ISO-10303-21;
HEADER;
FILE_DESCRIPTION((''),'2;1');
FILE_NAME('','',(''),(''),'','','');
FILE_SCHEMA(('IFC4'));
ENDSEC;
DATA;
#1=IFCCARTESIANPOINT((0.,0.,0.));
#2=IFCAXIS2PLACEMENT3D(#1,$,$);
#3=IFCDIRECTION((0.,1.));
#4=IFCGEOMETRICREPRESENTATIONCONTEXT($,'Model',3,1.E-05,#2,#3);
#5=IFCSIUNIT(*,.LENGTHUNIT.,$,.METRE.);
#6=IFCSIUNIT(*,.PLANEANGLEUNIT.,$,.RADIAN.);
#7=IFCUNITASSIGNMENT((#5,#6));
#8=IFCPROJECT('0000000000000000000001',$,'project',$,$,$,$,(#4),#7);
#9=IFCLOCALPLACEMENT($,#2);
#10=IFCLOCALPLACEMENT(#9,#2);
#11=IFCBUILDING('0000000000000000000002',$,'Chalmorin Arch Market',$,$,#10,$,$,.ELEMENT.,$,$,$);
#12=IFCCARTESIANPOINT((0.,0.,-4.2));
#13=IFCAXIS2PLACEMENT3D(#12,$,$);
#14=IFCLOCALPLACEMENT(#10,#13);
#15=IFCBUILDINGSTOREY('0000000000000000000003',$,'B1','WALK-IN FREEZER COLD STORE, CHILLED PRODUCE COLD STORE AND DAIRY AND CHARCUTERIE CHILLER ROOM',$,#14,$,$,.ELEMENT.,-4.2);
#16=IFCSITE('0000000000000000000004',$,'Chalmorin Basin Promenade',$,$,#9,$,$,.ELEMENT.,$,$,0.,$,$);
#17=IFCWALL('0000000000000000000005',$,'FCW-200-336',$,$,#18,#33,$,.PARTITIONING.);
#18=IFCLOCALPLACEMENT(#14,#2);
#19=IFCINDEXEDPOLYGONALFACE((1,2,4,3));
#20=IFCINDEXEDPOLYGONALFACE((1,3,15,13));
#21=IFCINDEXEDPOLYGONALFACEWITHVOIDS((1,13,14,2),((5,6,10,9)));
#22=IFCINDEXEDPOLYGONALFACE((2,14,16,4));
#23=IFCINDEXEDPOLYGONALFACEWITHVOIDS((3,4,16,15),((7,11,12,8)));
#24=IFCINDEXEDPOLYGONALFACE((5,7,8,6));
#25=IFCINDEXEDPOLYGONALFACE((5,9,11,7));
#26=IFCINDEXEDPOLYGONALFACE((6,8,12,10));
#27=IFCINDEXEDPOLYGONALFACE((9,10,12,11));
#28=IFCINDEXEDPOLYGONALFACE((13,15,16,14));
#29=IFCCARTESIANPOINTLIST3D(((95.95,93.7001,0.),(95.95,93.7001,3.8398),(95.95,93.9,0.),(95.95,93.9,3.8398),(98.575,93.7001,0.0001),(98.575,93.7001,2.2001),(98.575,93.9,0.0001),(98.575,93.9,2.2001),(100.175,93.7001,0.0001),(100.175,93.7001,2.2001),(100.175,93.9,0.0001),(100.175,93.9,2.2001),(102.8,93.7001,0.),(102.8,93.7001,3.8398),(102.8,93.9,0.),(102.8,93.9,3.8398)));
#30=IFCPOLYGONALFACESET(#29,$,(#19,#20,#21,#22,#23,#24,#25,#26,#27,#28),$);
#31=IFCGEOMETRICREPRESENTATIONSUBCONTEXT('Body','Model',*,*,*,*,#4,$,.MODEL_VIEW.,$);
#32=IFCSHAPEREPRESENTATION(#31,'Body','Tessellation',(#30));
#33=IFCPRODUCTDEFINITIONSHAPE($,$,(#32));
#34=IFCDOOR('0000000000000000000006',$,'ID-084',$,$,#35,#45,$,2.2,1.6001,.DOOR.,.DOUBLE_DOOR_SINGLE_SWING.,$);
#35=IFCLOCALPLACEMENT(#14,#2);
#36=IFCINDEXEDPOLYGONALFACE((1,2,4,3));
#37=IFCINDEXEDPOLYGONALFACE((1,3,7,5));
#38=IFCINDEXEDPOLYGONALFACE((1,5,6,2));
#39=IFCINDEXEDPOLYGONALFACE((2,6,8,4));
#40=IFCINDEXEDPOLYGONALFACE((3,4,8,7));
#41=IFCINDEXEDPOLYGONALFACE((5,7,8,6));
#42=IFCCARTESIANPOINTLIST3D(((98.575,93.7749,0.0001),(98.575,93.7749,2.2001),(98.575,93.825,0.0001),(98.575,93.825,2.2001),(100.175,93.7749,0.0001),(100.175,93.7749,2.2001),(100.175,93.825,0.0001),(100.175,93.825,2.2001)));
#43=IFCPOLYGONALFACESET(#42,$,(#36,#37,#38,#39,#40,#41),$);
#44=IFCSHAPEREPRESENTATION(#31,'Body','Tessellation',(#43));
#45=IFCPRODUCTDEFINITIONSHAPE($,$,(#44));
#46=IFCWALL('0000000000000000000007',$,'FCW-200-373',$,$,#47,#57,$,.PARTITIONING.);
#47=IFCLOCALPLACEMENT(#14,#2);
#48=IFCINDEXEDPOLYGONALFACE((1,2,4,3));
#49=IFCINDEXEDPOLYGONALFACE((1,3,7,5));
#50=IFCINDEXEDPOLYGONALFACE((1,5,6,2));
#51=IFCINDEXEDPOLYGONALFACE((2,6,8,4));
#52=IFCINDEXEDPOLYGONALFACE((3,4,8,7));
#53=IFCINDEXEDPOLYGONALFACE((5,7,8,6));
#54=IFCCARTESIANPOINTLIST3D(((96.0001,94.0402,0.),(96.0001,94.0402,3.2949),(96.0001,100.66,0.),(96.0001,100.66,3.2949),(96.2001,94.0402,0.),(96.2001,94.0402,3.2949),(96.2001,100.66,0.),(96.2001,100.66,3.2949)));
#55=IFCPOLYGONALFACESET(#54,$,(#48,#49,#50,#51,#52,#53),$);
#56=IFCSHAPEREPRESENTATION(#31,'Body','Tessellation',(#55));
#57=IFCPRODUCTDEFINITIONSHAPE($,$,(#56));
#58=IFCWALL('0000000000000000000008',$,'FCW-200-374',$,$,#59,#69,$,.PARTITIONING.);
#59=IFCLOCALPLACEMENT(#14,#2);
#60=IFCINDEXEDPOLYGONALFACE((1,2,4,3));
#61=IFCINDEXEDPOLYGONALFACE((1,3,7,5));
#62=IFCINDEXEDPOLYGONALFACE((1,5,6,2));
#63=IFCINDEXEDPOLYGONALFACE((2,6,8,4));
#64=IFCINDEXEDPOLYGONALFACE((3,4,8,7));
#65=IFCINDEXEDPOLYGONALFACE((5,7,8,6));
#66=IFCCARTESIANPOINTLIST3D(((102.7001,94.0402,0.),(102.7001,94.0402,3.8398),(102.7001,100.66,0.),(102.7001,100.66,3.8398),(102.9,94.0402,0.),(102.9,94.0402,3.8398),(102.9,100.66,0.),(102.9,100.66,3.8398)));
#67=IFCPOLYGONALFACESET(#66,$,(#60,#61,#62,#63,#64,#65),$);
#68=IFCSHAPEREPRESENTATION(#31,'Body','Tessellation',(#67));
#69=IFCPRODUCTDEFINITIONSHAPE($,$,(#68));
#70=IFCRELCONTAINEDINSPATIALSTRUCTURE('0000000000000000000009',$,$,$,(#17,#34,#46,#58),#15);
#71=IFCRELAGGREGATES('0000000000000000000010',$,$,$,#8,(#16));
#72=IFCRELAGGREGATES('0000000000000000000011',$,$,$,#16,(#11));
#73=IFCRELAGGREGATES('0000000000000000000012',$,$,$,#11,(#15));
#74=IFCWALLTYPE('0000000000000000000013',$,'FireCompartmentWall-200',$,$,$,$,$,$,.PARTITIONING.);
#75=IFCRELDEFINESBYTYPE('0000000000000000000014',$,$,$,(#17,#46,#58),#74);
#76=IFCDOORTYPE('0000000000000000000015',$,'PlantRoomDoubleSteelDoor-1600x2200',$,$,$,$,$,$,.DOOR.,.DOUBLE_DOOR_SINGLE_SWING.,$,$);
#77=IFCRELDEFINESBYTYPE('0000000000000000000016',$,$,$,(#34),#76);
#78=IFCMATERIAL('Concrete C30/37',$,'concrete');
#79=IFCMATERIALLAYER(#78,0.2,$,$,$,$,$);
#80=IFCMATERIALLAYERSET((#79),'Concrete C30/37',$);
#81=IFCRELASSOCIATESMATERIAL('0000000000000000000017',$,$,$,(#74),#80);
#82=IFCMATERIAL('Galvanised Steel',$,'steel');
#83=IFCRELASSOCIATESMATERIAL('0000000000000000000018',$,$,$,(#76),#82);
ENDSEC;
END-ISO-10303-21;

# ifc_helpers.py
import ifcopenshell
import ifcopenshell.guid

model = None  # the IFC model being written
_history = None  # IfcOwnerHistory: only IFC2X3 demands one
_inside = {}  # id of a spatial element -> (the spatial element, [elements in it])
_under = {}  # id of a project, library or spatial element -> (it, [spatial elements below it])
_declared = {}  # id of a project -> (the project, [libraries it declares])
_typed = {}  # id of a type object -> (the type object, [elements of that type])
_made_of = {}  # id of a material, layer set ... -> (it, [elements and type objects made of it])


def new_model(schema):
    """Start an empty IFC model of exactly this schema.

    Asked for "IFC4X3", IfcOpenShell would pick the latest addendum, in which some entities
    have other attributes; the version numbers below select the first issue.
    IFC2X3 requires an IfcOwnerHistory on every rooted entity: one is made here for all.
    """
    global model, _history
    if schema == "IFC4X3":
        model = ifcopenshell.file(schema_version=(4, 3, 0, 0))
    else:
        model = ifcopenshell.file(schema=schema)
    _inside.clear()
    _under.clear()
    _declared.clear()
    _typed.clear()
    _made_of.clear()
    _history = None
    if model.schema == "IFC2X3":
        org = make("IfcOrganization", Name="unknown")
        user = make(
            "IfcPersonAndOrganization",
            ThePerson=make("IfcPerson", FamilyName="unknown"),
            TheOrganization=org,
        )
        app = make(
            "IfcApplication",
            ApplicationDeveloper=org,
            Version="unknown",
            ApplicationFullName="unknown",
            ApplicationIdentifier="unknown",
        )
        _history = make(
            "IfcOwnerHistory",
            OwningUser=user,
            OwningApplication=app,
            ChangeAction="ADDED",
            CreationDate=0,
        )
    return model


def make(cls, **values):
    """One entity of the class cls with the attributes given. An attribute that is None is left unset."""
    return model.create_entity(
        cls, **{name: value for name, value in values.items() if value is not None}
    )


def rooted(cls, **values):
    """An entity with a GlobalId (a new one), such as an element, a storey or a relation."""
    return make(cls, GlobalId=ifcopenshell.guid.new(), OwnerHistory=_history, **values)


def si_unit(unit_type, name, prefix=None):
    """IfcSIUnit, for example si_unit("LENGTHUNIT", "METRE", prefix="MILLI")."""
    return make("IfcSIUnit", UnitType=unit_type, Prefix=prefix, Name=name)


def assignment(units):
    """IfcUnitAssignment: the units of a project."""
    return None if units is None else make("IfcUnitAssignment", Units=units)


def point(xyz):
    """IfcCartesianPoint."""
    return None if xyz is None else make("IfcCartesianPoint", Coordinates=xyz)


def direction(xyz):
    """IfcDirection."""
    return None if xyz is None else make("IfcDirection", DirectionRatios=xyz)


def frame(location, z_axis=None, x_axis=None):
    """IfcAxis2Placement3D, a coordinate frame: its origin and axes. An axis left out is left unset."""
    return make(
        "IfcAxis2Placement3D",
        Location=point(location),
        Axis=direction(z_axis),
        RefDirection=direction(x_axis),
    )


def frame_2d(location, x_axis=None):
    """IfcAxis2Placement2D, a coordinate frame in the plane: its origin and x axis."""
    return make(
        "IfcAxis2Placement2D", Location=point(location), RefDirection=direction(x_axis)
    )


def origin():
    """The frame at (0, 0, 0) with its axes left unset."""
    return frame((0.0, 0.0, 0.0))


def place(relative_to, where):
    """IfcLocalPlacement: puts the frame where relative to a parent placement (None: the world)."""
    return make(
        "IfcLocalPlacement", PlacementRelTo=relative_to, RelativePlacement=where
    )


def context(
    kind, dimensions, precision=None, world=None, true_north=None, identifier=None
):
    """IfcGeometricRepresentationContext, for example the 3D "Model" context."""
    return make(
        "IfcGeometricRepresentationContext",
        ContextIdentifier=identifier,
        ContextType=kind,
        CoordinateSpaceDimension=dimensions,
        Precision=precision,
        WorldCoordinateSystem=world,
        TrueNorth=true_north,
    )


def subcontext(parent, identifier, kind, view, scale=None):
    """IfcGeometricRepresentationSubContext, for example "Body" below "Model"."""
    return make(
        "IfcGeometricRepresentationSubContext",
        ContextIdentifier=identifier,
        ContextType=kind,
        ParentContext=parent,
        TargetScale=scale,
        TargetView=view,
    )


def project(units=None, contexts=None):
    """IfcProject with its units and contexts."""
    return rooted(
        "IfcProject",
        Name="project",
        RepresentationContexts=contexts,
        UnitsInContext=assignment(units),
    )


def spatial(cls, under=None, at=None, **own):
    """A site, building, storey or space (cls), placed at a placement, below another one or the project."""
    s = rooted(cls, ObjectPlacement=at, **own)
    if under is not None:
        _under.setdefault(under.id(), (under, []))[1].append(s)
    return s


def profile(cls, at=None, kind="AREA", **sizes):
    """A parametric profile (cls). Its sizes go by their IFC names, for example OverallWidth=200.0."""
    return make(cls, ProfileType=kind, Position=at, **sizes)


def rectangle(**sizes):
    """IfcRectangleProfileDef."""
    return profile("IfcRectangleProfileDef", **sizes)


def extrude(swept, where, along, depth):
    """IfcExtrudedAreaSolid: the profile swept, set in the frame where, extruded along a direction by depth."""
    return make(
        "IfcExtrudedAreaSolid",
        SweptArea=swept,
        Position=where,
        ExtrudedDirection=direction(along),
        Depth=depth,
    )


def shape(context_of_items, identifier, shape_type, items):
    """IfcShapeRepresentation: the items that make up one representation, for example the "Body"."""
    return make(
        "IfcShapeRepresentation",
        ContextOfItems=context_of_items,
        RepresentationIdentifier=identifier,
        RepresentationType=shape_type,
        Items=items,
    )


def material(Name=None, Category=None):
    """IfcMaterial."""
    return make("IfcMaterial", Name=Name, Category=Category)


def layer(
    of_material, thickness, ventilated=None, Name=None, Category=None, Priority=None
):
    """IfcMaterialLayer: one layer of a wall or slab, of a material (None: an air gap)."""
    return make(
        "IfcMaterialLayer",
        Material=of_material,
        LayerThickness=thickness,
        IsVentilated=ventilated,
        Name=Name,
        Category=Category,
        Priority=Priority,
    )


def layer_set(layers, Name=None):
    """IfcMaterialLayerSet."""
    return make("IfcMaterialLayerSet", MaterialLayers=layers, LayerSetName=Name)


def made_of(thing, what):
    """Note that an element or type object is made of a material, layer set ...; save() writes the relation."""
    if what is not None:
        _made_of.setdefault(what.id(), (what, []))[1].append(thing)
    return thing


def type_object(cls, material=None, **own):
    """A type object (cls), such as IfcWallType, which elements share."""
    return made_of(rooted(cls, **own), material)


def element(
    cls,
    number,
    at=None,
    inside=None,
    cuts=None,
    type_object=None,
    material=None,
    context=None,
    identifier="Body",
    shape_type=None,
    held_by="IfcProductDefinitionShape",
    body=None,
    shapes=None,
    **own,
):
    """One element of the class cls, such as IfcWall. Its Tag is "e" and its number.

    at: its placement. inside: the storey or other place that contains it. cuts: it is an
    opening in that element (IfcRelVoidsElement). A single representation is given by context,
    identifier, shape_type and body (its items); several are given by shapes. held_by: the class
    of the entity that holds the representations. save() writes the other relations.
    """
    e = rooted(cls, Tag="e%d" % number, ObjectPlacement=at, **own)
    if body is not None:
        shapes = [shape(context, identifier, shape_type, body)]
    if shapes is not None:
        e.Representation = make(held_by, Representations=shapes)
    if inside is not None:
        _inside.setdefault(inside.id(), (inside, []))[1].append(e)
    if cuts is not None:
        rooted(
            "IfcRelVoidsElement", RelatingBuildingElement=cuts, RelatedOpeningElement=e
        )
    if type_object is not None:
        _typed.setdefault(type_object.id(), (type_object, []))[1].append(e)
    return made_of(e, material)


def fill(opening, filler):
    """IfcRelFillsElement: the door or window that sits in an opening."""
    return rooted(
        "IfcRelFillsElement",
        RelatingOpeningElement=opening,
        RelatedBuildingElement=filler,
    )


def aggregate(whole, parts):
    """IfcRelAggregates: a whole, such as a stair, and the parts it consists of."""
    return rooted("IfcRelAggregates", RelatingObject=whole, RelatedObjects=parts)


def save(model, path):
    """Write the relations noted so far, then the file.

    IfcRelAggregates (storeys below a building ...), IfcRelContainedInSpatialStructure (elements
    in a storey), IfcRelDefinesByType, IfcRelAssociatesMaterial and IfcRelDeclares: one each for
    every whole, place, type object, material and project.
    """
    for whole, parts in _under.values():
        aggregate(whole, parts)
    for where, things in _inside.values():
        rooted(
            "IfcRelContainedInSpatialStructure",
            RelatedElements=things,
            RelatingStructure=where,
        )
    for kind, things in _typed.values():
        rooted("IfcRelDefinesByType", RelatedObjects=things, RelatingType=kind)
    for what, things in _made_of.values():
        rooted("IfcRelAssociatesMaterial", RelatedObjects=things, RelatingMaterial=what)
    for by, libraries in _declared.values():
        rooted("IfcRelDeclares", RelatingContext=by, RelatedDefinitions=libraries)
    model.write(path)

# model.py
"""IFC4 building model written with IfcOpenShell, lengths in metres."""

from ifc_helpers import new_model, si_unit, direction, frame, frame_2d, origin, place, context, subcontext, project, spatial, rectangle, extrude, material, layer, layer_set, type_object, element, fill, save


model = new_model("IFC4")

# Units and contexts
model_context = context("Model", 3, precision=1e-05, world=origin(), true_north=direction((0.0, 1.0)))
body_context = subcontext(model_context, "Body", "Model", "MODEL_VIEW")
ifc_project = project(units=[si_unit("LENGTHUNIT", "METRE"), si_unit("PLANEANGLEUNIT", "RADIAN")], contexts=[model_context])

# Site, building, storey
site_placement = place(None, origin())
site = spatial("IfcSite", under=ifc_project, at=site_placement, Name="Chalmorin Basin Promenade", CompositionType="ELEMENT", RefElevation=0.0)
building_placement = place(site_placement, origin())
building = spatial("IfcBuilding", under=site, at=building_placement, Name="Chalmorin Arch Market", CompositionType="ELEMENT")
storey_placement = place(building_placement, frame((0.0, 0.0, -4.2)))
storey = spatial("IfcBuildingStorey", under=building, at=storey_placement, Name="B1", Description="WALK-IN FREEZER COLD STORE, CHILLED PRODUCE COLD STORE AND DAIRY AND CHARCUTERIE CHILLER ROOM", CompositionType="ELEMENT", Elevation=-4.2)

# Wall, opening, door
ifc_material_1 = material(Name="Galvanised Steel", Category="steel")
ifc_material_2 = material(Name="Concrete C30/37", Category="concrete")
ifc_layer_1 = layer(ifc_material_2, 0.2)
ifc_layer_set_1 = layer_set([ifc_layer_1], Name="Concrete C30/37")
wall_type_1 = type_object("IfcWallType", Name="FireCompartmentWall-200", PredefinedType="PARTITIONING", material=ifc_layer_set_1)
wall_1_placement = place(storey_placement, frame((95.95, 93.8, 0.0), z_axis=(0.0, 0.0, 1.0), x_axis=(1.0, 0.0, 0.0)))
wall_1 = element("IfcWall", 1, at=wall_1_placement, inside=storey, type_object=wall_type_1, Name="FCW-200-336", PredefinedType="PARTITIONING", context=body_context, shape_type="SweptSolid", body=[
    extrude(rectangle(XDim=6.8501, YDim=0.2, at=frame_2d((3.425, 0.0))), origin(), (0.0, 0.0, 1.0), 3.8398),
])
opening_1_placement = place(wall_1_placement, frame((2.625, 0.0, 0.0)))
opening_1 = element("IfcOpeningElement", 2, at=opening_1_placement, cuts=wall_1, PredefinedType="OPENING", context=body_context, shape_type="SweptSolid", body=[
    extrude(rectangle(XDim=1.6001, YDim=2.2, at=frame_2d((0.8, 1.1001))), frame((0.0, 0.1099, 0.0), z_axis=(0.0, -1.0, 0.0), x_axis=(1.0, 0.0, 0.0)), (0.0, 0.0, 1.0), 0.22),
])
door_type_1 = type_object("IfcDoorType", Name="PlantRoomDoubleSteelDoor-1600x2200", OperationType="DOUBLE_DOOR_SINGLE_SWING", PredefinedType="DOOR", material=ifc_material_1)
door_1_placement = place(opening_1_placement, origin())
door_1 = element("IfcDoor", 3, at=door_1_placement, inside=storey, type_object=door_type_1, Name="ID-084", OperationType="DOUBLE_DOOR_SINGLE_SWING", OverallHeight=2.2, OverallWidth=1.6001, PredefinedType="DOOR", context=body_context, shape_type="SweptSolid", body=[
    extrude(rectangle(XDim=1.6001, YDim=2.2, at=frame_2d((0.8, 1.1001))), frame((0.0, 0.0249, 0.0), z_axis=(0.0, -1.0, 0.0), x_axis=(1.0, 0.0, 0.0)), (0.0, 0.0, 1.0), 0.05),
])
fill(opening_1, door_1)

# Walls
wall_2_placement = place(storey_placement, frame((96.1001, 94.04, 0.0), z_axis=(0.0, 0.0, 1.0), x_axis=(0.0, 1.0, 0.0)))
element("IfcWall", 4, at=wall_2_placement, inside=storey, type_object=wall_type_1, Name="FCW-200-373", PredefinedType="PARTITIONING", context=body_context, shape_type="SweptSolid", body=[
    extrude(rectangle(XDim=6.6199, YDim=0.2, at=frame_2d((3.3101, 0.0))), origin(), (0.0, 0.0, 1.0), 3.2949),
])
wall_3_placement = place(storey_placement, frame((102.8, 94.04, 0.0), z_axis=(0.0, 0.0, 1.0), x_axis=(0.0, 1.0, 0.0)))
element("IfcWall", 5, at=wall_3_placement, inside=storey, type_object=wall_type_1, Name="FCW-200-374", PredefinedType="PARTITIONING", context=body_context, shape_type="SweptSolid", body=[
    extrude(rectangle(XDim=6.6199, YDim=0.2, at=frame_2d((3.3101, 0.0))), origin(), (0.0, 0.0, 1.0), 3.8398),
])

save(model, "model.ifc")
